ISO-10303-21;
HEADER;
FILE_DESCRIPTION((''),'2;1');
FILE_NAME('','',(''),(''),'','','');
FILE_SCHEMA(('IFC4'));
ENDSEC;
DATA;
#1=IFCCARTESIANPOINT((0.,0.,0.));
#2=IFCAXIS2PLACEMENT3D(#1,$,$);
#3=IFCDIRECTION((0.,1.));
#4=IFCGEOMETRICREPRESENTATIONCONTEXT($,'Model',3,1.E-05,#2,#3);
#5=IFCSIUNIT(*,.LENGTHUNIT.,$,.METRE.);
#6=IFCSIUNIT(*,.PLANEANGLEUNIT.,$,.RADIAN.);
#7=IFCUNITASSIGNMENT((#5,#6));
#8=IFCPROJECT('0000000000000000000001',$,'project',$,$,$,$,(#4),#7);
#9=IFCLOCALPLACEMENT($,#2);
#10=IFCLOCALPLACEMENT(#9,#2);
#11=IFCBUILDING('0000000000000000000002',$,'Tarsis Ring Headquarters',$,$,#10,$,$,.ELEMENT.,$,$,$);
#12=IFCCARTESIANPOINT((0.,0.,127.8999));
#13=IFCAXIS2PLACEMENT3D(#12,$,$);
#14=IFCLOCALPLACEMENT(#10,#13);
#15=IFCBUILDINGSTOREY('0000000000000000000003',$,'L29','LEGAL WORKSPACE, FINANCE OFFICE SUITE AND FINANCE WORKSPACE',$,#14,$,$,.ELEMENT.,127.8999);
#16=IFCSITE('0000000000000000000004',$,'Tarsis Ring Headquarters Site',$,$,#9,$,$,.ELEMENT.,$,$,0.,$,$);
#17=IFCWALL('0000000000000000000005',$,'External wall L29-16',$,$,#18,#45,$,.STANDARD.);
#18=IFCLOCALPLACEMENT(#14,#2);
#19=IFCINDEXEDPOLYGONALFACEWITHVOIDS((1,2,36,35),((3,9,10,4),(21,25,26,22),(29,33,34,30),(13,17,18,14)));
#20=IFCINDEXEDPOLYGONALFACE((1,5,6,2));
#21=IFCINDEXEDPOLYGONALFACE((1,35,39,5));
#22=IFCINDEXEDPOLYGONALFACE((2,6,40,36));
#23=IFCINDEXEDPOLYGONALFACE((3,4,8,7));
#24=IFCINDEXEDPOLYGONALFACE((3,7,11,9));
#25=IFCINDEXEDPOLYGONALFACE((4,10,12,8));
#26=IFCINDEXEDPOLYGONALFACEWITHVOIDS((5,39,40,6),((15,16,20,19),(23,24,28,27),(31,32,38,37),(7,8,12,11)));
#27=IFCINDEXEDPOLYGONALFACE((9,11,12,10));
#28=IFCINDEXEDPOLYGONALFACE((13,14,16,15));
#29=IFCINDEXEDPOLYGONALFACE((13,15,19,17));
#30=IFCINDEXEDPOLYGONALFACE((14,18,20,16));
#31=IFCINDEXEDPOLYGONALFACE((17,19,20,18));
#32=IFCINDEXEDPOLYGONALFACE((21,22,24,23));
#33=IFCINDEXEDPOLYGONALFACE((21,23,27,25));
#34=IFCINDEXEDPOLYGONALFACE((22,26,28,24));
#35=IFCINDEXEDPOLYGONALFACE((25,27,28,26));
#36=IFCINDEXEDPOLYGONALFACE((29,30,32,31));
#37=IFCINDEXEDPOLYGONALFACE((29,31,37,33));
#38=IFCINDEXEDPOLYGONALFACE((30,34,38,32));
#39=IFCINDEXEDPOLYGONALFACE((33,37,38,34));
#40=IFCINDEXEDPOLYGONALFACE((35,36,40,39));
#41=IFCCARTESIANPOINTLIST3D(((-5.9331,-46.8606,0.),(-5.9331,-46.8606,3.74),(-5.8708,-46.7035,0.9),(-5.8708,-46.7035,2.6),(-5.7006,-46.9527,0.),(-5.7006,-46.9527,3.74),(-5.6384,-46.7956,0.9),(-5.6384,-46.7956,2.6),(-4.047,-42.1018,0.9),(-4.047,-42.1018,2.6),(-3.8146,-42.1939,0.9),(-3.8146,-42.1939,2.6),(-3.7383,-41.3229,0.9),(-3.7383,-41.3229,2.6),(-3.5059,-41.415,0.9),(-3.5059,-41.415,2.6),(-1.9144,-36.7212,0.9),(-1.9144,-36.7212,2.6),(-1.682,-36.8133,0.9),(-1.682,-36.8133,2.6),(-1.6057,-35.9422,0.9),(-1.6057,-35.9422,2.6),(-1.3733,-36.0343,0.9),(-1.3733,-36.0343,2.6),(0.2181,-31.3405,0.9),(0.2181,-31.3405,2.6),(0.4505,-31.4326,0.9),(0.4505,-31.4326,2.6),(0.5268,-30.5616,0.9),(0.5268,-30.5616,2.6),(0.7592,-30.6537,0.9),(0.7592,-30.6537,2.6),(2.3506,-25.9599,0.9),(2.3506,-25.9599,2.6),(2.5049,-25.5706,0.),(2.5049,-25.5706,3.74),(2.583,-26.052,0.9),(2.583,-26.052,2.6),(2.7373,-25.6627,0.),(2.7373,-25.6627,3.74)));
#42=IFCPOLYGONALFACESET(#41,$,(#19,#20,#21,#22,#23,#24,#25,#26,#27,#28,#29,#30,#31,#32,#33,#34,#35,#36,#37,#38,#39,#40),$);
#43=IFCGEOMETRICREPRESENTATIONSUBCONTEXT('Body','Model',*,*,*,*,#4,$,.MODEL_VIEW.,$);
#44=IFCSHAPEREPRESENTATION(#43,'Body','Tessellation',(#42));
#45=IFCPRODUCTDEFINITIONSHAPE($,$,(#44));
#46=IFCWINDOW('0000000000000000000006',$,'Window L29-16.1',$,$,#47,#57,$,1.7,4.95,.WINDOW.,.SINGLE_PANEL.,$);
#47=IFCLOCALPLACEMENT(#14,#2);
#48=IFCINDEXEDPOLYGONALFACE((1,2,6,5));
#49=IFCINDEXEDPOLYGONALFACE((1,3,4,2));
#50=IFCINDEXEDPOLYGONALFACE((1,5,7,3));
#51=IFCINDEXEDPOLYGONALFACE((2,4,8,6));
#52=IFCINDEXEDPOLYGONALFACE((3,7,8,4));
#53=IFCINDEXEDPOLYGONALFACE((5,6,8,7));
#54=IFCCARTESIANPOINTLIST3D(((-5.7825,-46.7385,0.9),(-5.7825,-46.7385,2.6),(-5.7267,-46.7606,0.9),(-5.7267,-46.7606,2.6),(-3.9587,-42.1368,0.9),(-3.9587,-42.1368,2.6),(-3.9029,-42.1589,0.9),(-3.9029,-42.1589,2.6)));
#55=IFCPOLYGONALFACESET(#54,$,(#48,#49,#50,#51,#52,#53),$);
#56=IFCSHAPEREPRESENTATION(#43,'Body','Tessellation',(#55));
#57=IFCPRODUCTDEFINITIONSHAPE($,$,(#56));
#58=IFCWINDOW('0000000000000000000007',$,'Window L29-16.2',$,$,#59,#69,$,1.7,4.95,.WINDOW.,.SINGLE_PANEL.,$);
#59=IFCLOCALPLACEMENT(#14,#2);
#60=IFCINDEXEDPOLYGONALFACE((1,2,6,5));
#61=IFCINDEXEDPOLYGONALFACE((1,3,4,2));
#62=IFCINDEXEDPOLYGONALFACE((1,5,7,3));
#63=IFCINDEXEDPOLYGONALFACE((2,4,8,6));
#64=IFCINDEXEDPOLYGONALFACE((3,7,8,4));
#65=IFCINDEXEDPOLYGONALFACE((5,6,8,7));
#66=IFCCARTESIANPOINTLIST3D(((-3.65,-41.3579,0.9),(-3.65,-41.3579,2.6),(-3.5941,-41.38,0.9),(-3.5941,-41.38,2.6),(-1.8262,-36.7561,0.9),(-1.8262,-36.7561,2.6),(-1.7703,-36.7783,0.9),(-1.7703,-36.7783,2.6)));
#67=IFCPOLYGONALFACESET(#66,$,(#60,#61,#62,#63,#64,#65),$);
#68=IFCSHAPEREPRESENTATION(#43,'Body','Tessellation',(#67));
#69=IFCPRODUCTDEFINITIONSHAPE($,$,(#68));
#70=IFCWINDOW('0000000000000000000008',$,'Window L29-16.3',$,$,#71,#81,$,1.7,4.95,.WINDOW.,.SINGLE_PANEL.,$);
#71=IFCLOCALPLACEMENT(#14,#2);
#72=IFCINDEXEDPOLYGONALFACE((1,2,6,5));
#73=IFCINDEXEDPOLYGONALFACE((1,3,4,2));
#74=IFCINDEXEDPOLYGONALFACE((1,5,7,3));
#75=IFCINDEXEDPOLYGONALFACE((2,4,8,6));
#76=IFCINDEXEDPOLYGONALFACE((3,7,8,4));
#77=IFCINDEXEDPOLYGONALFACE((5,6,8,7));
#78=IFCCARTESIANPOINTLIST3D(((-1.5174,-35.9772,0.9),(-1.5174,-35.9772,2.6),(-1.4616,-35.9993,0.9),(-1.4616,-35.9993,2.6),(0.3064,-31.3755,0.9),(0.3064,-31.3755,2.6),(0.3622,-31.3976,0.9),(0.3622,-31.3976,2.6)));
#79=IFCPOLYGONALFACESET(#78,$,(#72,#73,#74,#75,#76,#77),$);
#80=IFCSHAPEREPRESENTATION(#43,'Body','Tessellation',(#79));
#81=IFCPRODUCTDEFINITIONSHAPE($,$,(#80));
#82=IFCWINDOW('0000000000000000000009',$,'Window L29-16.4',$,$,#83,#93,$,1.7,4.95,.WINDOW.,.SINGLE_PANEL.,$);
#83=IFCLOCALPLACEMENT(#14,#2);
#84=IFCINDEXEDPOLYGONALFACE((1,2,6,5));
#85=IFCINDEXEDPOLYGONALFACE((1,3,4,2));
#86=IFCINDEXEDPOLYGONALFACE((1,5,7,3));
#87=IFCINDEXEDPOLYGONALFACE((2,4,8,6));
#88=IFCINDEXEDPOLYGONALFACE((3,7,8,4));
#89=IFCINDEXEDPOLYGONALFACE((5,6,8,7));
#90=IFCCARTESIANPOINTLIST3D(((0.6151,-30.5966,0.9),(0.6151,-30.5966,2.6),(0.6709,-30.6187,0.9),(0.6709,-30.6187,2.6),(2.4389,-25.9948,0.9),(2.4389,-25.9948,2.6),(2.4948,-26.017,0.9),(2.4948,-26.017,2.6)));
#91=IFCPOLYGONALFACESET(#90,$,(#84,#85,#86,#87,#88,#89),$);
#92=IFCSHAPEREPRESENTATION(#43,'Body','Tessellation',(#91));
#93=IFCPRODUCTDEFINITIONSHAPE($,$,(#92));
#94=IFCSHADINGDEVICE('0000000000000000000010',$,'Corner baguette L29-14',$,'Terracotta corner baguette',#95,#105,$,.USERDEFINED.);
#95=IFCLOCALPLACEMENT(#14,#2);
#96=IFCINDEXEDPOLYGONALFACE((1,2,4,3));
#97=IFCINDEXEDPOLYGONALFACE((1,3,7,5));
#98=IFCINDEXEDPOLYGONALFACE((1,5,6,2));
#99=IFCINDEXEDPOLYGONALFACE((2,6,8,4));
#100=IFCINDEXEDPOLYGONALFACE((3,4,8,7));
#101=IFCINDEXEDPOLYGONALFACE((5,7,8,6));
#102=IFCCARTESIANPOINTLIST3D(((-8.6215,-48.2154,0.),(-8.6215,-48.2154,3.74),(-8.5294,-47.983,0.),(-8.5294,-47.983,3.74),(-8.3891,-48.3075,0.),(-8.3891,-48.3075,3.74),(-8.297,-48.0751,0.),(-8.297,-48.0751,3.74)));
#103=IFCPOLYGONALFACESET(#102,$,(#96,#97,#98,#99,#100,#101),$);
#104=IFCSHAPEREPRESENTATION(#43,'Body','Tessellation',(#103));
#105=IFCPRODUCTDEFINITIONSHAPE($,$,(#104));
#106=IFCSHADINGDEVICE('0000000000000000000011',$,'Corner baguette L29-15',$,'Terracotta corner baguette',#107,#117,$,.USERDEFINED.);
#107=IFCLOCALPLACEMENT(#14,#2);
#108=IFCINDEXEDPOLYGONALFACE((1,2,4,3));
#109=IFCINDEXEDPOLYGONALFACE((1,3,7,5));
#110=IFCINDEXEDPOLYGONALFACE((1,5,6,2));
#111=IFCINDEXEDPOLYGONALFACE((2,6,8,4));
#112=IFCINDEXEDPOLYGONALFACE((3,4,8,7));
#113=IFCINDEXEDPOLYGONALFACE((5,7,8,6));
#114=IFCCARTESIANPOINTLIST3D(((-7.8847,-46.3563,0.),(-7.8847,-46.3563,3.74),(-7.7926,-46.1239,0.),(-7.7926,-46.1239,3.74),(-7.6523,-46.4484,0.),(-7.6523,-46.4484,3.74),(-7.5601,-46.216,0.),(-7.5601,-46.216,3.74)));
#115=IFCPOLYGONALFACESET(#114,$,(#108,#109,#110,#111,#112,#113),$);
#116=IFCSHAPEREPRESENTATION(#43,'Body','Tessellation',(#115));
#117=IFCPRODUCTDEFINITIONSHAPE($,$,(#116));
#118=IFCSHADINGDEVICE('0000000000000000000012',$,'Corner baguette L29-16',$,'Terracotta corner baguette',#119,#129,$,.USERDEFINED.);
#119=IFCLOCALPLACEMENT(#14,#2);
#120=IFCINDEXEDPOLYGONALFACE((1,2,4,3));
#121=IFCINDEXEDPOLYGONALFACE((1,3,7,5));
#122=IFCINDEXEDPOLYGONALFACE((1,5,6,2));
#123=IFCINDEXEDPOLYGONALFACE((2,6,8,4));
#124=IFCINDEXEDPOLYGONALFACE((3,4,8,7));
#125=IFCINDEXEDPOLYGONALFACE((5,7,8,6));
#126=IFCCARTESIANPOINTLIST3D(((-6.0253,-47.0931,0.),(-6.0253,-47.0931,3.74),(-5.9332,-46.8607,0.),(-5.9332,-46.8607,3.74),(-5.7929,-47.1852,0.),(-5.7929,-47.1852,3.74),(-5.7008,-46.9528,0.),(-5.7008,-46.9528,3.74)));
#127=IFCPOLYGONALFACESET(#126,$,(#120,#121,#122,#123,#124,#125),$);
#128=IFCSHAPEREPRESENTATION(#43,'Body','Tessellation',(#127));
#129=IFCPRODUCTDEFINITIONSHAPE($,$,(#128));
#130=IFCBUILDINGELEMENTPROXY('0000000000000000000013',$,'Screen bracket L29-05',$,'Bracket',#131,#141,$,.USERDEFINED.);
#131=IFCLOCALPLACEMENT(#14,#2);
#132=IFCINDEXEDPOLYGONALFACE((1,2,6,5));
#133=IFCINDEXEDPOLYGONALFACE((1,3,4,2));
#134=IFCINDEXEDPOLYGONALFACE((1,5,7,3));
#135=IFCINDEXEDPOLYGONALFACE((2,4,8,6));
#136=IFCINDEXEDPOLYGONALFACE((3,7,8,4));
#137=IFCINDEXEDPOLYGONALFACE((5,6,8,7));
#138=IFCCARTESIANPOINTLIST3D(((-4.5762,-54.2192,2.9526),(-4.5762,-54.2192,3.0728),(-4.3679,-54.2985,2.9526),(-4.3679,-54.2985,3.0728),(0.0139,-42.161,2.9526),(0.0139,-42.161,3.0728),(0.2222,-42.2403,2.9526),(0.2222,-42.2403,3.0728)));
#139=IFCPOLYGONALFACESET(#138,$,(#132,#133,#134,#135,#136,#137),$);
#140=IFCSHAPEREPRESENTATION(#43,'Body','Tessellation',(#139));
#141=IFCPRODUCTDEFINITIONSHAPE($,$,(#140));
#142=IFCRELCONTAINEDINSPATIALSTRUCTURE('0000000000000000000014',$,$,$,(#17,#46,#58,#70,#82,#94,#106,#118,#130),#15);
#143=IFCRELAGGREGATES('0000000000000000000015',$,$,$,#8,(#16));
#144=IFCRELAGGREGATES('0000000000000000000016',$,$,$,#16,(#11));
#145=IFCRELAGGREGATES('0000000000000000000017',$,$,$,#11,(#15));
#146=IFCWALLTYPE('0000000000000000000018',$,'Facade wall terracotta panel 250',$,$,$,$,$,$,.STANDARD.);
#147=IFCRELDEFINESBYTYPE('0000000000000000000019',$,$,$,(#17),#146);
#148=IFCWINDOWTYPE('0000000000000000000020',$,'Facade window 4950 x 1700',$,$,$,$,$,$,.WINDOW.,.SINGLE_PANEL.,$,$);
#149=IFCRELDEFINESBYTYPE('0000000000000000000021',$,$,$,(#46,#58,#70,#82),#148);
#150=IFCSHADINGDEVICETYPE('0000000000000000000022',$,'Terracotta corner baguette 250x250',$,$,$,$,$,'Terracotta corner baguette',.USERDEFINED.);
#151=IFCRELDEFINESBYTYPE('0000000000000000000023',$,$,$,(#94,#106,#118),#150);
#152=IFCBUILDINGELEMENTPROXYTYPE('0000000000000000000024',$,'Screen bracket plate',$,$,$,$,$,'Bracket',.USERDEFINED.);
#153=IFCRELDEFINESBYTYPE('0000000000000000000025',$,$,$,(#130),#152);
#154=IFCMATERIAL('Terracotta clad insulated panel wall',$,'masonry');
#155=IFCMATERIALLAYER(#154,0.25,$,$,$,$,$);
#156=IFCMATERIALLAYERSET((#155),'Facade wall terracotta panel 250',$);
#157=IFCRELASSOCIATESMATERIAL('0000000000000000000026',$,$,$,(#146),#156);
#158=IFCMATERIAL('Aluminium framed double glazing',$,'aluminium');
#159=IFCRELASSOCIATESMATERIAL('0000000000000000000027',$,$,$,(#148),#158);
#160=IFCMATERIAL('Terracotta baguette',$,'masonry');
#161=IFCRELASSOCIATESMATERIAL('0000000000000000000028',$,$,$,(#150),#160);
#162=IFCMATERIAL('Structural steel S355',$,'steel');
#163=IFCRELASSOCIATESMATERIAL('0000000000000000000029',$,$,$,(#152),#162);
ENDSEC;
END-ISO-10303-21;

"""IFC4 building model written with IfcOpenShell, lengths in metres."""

from ifc_helpers import new_model, si_unit, direction, frame, frame_2d, origin, origin_2d, place, context, subcontext, project, spatial, rectangle, extrude, material, layer, layer_set, type_object, element, fill, save


model = new_model("IFC4")

# Units and contexts
model_context = context("Model", 3, precision=1e-05, world=origin(), true_north=direction((0.0, 1.0)))
body_context = subcontext(model_context, "Body", "Model", "MODEL_VIEW")
ifc_project = project(units=[si_unit("LENGTHUNIT", "METRE"), si_unit("PLANEANGLEUNIT", "RADIAN")], contexts=[model_context])

# Site, building, storey
site_placement = place(None, origin())
site = spatial("IfcSite", under=ifc_project, at=site_placement, Name="Tarsis Ring Headquarters Site", CompositionType="ELEMENT", RefElevation=0.0)
building_placement = place(site_placement, origin())
building = spatial("IfcBuilding", under=site, at=building_placement, Name="Tarsis Ring Headquarters", CompositionType="ELEMENT")
storey_placement = place(building_placement, frame((0.0, 0.0, 127.8999)))
storey = spatial("IfcBuildingStorey", under=building, at=storey_placement, Name="L29", Description="LEGAL WORKSPACE, FINANCE OFFICE SUITE AND FINANCE WORKSPACE", CompositionType="ELEMENT", Elevation=127.8999)

# Shared definitions
ifc_material_1 = material(Name="Structural steel S355", Category="steel")

# Shared definitions
ifc_material_2 = material(Name="Terracotta clad insulated panel wall", Category="masonry")
ifc_layer_1 = layer(ifc_material_2, 0.25)
ifc_layer_set_1 = layer_set([ifc_layer_1], Name="Facade wall terracotta panel 250")
wall_type_1 = type_object("IfcWallType", Name="Facade wall terracotta panel 250", PredefinedType="STANDARD", material=ifc_layer_set_1)

# Wall, openings, windows
wall_1_placement = place(storey_placement, frame((-5.8169, -46.9067, 0.0), z_axis=(0.0, 0.0, 1.0), x_axis=(0.368452, 0.929647, 0.0)))
wall_1 = element("IfcWall", 1, at=wall_1_placement, inside=storey, type_object=wall_type_1, Name="External wall L29-16", PredefinedType="STANDARD", context=body_context, shape_type="SweptSolid", body=[
    extrude(rectangle(XDim=22.9011, YDim=0.25, at=frame_2d((11.4507, 0.0))), origin(), (0.0, 0.0, 1.0), 3.74),
])
opening_1_placement = place(wall_1_placement, frame((0.1689, 0.0, 0.8999)))
opening_1 = element("IfcOpeningElement", 2, at=opening_1_placement, cuts=wall_1, PredefinedType="OPENING", context=body_context, shape_type="SweptSolid", body=[
    extrude(rectangle(XDim=4.95, YDim=1.7, at=frame_2d((2.4751, 0.8501))), frame((0.0, 0.135, 0.0), z_axis=(0.0, -1.0, 0.0), x_axis=(1.0, 0.0, 0.0)), (0.0, 0.0, 1.0), 0.27),
])
opening_2_placement = place(wall_1_placement, frame((5.9568, 0.0, 0.8999)))
opening_2 = element("IfcOpeningElement", 3, at=opening_2_placement, cuts=wall_1, PredefinedType="OPENING", context=body_context, shape_type="SweptSolid", body=[
    extrude(rectangle(XDim=4.95, YDim=1.7, at=frame_2d((2.4751, 0.8501))), frame((0.0, 0.135, 0.0), z_axis=(0.0, -1.0, 0.0), x_axis=(1.0, 0.0, 0.0)), (0.0, 0.0, 1.0), 0.27),
])
opening_3_placement = place(wall_1_placement, frame((11.7446, 0.0, 0.8999)))
opening_3 = element("IfcOpeningElement", 4, at=opening_3_placement, cuts=wall_1, PredefinedType="OPENING", context=body_context, shape_type="SweptSolid", body=[
    extrude(rectangle(XDim=4.95, YDim=1.7, at=frame_2d((2.4751, 0.8501))), frame((0.0, 0.135, 0.0), z_axis=(0.0, -1.0, 0.0), x_axis=(1.0, 0.0, 0.0)), (0.0, 0.0, 1.0), 0.27),
])
opening_4_placement = place(wall_1_placement, frame((17.5325, 0.0, 0.8999)))
opening_4 = element("IfcOpeningElement", 5, at=opening_4_placement, cuts=wall_1, PredefinedType="OPENING", context=body_context, shape_type="SweptSolid", body=[
    extrude(rectangle(XDim=4.95, YDim=1.7, at=frame_2d((2.4751, 0.8501))), frame((0.0, 0.135, 0.0), z_axis=(0.0, -1.0, 0.0), x_axis=(1.0, 0.0, 0.0)), (0.0, 0.0, 1.0), 0.27),
])
ifc_material_3 = material(Name="Aluminium framed double glazing", Category="aluminium")
window_type = type_object("IfcWindowType", Name="Facade window 4950 x 1700", PartitioningType="SINGLE_PANEL", PredefinedType="WINDOW", material=ifc_material_3)
window_1_placement = place(opening_1_placement, origin())
window_1 = element("IfcWindow", 6, at=window_1_placement, inside=storey, type_object=window_type, Name="Window L29-16.1", OverallHeight=1.7, OverallWidth=4.95, PartitioningType="SINGLE_PANEL", PredefinedType="WINDOW", context=body_context, shape_type="SweptSolid", body=[
    extrude(rectangle(XDim=4.95, YDim=1.7, at=frame_2d((2.4751, 0.8501))), frame((0.0, 0.03, 0.0), z_axis=(0.0, -1.0, 0.0), x_axis=(1.0, 0.0, 0.0)), (0.0, 0.0, 1.0), 0.0601),
])
fill(opening_1, window_1)
window_2_placement = place(opening_2_placement, origin())
window_2 = element("IfcWindow", 7, at=window_2_placement, inside=storey, type_object=window_type, Name="Window L29-16.2", OverallHeight=1.7, OverallWidth=4.95, PartitioningType="SINGLE_PANEL", PredefinedType="WINDOW", context=body_context, shape_type="SweptSolid", body=[
    extrude(rectangle(XDim=4.95, YDim=1.7, at=frame_2d((2.4751, 0.8501))), frame((0.0, 0.03, 0.0), z_axis=(0.0, -1.0, 0.0), x_axis=(1.0, 0.0, 0.0)), (0.0, 0.0, 1.0), 0.0601),
])
fill(opening_2, window_2)
window_3_placement = place(opening_3_placement, origin())
window_3 = element("IfcWindow", 8, at=window_3_placement, inside=storey, type_object=window_type, Name="Window L29-16.3", OverallHeight=1.7, OverallWidth=4.95, PartitioningType="SINGLE_PANEL", PredefinedType="WINDOW", context=body_context, shape_type="SweptSolid", body=[
    extrude(rectangle(XDim=4.95, YDim=1.7, at=frame_2d((2.4751, 0.8501))), frame((0.0, 0.03, 0.0), z_axis=(0.0, -1.0, 0.0), x_axis=(1.0, 0.0, 0.0)), (0.0, 0.0, 1.0), 0.0601),
])
fill(opening_3, window_3)
window_4_placement = place(opening_4_placement, origin())
window_4 = element("IfcWindow", 9, at=window_4_placement, inside=storey, type_object=window_type, Name="Window L29-16.4", OverallHeight=1.7, OverallWidth=4.95, PartitioningType="SINGLE_PANEL", PredefinedType="WINDOW", context=body_context, shape_type="SweptSolid", body=[
    extrude(rectangle(XDim=4.95, YDim=1.7, at=frame_2d((2.4751, 0.8501))), frame((0.0, 0.03, 0.0), z_axis=(0.0, -1.0, 0.0), x_axis=(1.0, 0.0, 0.0)), (0.0, 0.0, 1.0), 0.0601),
])
fill(opening_4, window_4)

# Shading devices
ifc_material_4 = material(Name="Terracotta baguette", Category="masonry")
shading_device_type_1 = type_object("IfcShadingDeviceType", Name="Terracotta corner baguette 250x250", ElementType="Terracotta corner baguette", PredefinedType="USERDEFINED", material=ifc_material_4)
for number, where, z_axis, x_axis, name in (
    (10, (-8.4592, -48.1453, 0.0), (0.0, 0.0, 1.0), (0.929648, -0.368449, 0.0), "Corner baguette L29-14"),
    (11, (-7.7224, -46.2861, 0.0), (0.0, 0.0, 1.0), (0.368449, 0.929648, 0.0), "Corner baguette L29-15"),
    (12, (-5.863, -47.0229, 0.0), (0.0, 0.0, 1.0), (0.929648, -0.368449, 0.0), "Corner baguette L29-16"),
):
    element("IfcShadingDevice", number, at=place(storey_placement, frame(where, z_axis=z_axis, x_axis=x_axis)), inside=storey, type_object=shading_device_type_1, Name=name, ObjectType="Terracotta corner baguette", PredefinedType="USERDEFINED", context=body_context, shape_type="SweptSolid", body=[
        extrude(rectangle(XDim=0.25, YDim=0.25, at=origin_2d()), origin(), (0.0, 0.0, 1.0), 3.74),
    ])

# Building element proxy
building_element_proxy_type = type_object("IfcBuildingElementProxyType", Name="Screen bracket plate", ElementType="Bracket", PredefinedType="USERDEFINED", material=ifc_material_1)
proxy_placement = place(storey_placement, frame((-2.177, -48.2297, 2.9526), z_axis=(0.0, 0.0, 1.0), x_axis=(0.35576, 0.934578, 0.0)))
element("IfcBuildingElementProxy", 13, at=proxy_placement, inside=storey, type_object=building_element_proxy_type, Name="Screen bracket L29-05", ObjectType="Bracket", PredefinedType="USERDEFINED", context=body_context, shape_type="SweptSolid", body=[
    extrude(rectangle(XDim=12.9023, YDim=0.2229, at=origin_2d()), origin(), (0.0, 0.0, 1.0), 0.1201),
])

save(model, "model.ifc")
